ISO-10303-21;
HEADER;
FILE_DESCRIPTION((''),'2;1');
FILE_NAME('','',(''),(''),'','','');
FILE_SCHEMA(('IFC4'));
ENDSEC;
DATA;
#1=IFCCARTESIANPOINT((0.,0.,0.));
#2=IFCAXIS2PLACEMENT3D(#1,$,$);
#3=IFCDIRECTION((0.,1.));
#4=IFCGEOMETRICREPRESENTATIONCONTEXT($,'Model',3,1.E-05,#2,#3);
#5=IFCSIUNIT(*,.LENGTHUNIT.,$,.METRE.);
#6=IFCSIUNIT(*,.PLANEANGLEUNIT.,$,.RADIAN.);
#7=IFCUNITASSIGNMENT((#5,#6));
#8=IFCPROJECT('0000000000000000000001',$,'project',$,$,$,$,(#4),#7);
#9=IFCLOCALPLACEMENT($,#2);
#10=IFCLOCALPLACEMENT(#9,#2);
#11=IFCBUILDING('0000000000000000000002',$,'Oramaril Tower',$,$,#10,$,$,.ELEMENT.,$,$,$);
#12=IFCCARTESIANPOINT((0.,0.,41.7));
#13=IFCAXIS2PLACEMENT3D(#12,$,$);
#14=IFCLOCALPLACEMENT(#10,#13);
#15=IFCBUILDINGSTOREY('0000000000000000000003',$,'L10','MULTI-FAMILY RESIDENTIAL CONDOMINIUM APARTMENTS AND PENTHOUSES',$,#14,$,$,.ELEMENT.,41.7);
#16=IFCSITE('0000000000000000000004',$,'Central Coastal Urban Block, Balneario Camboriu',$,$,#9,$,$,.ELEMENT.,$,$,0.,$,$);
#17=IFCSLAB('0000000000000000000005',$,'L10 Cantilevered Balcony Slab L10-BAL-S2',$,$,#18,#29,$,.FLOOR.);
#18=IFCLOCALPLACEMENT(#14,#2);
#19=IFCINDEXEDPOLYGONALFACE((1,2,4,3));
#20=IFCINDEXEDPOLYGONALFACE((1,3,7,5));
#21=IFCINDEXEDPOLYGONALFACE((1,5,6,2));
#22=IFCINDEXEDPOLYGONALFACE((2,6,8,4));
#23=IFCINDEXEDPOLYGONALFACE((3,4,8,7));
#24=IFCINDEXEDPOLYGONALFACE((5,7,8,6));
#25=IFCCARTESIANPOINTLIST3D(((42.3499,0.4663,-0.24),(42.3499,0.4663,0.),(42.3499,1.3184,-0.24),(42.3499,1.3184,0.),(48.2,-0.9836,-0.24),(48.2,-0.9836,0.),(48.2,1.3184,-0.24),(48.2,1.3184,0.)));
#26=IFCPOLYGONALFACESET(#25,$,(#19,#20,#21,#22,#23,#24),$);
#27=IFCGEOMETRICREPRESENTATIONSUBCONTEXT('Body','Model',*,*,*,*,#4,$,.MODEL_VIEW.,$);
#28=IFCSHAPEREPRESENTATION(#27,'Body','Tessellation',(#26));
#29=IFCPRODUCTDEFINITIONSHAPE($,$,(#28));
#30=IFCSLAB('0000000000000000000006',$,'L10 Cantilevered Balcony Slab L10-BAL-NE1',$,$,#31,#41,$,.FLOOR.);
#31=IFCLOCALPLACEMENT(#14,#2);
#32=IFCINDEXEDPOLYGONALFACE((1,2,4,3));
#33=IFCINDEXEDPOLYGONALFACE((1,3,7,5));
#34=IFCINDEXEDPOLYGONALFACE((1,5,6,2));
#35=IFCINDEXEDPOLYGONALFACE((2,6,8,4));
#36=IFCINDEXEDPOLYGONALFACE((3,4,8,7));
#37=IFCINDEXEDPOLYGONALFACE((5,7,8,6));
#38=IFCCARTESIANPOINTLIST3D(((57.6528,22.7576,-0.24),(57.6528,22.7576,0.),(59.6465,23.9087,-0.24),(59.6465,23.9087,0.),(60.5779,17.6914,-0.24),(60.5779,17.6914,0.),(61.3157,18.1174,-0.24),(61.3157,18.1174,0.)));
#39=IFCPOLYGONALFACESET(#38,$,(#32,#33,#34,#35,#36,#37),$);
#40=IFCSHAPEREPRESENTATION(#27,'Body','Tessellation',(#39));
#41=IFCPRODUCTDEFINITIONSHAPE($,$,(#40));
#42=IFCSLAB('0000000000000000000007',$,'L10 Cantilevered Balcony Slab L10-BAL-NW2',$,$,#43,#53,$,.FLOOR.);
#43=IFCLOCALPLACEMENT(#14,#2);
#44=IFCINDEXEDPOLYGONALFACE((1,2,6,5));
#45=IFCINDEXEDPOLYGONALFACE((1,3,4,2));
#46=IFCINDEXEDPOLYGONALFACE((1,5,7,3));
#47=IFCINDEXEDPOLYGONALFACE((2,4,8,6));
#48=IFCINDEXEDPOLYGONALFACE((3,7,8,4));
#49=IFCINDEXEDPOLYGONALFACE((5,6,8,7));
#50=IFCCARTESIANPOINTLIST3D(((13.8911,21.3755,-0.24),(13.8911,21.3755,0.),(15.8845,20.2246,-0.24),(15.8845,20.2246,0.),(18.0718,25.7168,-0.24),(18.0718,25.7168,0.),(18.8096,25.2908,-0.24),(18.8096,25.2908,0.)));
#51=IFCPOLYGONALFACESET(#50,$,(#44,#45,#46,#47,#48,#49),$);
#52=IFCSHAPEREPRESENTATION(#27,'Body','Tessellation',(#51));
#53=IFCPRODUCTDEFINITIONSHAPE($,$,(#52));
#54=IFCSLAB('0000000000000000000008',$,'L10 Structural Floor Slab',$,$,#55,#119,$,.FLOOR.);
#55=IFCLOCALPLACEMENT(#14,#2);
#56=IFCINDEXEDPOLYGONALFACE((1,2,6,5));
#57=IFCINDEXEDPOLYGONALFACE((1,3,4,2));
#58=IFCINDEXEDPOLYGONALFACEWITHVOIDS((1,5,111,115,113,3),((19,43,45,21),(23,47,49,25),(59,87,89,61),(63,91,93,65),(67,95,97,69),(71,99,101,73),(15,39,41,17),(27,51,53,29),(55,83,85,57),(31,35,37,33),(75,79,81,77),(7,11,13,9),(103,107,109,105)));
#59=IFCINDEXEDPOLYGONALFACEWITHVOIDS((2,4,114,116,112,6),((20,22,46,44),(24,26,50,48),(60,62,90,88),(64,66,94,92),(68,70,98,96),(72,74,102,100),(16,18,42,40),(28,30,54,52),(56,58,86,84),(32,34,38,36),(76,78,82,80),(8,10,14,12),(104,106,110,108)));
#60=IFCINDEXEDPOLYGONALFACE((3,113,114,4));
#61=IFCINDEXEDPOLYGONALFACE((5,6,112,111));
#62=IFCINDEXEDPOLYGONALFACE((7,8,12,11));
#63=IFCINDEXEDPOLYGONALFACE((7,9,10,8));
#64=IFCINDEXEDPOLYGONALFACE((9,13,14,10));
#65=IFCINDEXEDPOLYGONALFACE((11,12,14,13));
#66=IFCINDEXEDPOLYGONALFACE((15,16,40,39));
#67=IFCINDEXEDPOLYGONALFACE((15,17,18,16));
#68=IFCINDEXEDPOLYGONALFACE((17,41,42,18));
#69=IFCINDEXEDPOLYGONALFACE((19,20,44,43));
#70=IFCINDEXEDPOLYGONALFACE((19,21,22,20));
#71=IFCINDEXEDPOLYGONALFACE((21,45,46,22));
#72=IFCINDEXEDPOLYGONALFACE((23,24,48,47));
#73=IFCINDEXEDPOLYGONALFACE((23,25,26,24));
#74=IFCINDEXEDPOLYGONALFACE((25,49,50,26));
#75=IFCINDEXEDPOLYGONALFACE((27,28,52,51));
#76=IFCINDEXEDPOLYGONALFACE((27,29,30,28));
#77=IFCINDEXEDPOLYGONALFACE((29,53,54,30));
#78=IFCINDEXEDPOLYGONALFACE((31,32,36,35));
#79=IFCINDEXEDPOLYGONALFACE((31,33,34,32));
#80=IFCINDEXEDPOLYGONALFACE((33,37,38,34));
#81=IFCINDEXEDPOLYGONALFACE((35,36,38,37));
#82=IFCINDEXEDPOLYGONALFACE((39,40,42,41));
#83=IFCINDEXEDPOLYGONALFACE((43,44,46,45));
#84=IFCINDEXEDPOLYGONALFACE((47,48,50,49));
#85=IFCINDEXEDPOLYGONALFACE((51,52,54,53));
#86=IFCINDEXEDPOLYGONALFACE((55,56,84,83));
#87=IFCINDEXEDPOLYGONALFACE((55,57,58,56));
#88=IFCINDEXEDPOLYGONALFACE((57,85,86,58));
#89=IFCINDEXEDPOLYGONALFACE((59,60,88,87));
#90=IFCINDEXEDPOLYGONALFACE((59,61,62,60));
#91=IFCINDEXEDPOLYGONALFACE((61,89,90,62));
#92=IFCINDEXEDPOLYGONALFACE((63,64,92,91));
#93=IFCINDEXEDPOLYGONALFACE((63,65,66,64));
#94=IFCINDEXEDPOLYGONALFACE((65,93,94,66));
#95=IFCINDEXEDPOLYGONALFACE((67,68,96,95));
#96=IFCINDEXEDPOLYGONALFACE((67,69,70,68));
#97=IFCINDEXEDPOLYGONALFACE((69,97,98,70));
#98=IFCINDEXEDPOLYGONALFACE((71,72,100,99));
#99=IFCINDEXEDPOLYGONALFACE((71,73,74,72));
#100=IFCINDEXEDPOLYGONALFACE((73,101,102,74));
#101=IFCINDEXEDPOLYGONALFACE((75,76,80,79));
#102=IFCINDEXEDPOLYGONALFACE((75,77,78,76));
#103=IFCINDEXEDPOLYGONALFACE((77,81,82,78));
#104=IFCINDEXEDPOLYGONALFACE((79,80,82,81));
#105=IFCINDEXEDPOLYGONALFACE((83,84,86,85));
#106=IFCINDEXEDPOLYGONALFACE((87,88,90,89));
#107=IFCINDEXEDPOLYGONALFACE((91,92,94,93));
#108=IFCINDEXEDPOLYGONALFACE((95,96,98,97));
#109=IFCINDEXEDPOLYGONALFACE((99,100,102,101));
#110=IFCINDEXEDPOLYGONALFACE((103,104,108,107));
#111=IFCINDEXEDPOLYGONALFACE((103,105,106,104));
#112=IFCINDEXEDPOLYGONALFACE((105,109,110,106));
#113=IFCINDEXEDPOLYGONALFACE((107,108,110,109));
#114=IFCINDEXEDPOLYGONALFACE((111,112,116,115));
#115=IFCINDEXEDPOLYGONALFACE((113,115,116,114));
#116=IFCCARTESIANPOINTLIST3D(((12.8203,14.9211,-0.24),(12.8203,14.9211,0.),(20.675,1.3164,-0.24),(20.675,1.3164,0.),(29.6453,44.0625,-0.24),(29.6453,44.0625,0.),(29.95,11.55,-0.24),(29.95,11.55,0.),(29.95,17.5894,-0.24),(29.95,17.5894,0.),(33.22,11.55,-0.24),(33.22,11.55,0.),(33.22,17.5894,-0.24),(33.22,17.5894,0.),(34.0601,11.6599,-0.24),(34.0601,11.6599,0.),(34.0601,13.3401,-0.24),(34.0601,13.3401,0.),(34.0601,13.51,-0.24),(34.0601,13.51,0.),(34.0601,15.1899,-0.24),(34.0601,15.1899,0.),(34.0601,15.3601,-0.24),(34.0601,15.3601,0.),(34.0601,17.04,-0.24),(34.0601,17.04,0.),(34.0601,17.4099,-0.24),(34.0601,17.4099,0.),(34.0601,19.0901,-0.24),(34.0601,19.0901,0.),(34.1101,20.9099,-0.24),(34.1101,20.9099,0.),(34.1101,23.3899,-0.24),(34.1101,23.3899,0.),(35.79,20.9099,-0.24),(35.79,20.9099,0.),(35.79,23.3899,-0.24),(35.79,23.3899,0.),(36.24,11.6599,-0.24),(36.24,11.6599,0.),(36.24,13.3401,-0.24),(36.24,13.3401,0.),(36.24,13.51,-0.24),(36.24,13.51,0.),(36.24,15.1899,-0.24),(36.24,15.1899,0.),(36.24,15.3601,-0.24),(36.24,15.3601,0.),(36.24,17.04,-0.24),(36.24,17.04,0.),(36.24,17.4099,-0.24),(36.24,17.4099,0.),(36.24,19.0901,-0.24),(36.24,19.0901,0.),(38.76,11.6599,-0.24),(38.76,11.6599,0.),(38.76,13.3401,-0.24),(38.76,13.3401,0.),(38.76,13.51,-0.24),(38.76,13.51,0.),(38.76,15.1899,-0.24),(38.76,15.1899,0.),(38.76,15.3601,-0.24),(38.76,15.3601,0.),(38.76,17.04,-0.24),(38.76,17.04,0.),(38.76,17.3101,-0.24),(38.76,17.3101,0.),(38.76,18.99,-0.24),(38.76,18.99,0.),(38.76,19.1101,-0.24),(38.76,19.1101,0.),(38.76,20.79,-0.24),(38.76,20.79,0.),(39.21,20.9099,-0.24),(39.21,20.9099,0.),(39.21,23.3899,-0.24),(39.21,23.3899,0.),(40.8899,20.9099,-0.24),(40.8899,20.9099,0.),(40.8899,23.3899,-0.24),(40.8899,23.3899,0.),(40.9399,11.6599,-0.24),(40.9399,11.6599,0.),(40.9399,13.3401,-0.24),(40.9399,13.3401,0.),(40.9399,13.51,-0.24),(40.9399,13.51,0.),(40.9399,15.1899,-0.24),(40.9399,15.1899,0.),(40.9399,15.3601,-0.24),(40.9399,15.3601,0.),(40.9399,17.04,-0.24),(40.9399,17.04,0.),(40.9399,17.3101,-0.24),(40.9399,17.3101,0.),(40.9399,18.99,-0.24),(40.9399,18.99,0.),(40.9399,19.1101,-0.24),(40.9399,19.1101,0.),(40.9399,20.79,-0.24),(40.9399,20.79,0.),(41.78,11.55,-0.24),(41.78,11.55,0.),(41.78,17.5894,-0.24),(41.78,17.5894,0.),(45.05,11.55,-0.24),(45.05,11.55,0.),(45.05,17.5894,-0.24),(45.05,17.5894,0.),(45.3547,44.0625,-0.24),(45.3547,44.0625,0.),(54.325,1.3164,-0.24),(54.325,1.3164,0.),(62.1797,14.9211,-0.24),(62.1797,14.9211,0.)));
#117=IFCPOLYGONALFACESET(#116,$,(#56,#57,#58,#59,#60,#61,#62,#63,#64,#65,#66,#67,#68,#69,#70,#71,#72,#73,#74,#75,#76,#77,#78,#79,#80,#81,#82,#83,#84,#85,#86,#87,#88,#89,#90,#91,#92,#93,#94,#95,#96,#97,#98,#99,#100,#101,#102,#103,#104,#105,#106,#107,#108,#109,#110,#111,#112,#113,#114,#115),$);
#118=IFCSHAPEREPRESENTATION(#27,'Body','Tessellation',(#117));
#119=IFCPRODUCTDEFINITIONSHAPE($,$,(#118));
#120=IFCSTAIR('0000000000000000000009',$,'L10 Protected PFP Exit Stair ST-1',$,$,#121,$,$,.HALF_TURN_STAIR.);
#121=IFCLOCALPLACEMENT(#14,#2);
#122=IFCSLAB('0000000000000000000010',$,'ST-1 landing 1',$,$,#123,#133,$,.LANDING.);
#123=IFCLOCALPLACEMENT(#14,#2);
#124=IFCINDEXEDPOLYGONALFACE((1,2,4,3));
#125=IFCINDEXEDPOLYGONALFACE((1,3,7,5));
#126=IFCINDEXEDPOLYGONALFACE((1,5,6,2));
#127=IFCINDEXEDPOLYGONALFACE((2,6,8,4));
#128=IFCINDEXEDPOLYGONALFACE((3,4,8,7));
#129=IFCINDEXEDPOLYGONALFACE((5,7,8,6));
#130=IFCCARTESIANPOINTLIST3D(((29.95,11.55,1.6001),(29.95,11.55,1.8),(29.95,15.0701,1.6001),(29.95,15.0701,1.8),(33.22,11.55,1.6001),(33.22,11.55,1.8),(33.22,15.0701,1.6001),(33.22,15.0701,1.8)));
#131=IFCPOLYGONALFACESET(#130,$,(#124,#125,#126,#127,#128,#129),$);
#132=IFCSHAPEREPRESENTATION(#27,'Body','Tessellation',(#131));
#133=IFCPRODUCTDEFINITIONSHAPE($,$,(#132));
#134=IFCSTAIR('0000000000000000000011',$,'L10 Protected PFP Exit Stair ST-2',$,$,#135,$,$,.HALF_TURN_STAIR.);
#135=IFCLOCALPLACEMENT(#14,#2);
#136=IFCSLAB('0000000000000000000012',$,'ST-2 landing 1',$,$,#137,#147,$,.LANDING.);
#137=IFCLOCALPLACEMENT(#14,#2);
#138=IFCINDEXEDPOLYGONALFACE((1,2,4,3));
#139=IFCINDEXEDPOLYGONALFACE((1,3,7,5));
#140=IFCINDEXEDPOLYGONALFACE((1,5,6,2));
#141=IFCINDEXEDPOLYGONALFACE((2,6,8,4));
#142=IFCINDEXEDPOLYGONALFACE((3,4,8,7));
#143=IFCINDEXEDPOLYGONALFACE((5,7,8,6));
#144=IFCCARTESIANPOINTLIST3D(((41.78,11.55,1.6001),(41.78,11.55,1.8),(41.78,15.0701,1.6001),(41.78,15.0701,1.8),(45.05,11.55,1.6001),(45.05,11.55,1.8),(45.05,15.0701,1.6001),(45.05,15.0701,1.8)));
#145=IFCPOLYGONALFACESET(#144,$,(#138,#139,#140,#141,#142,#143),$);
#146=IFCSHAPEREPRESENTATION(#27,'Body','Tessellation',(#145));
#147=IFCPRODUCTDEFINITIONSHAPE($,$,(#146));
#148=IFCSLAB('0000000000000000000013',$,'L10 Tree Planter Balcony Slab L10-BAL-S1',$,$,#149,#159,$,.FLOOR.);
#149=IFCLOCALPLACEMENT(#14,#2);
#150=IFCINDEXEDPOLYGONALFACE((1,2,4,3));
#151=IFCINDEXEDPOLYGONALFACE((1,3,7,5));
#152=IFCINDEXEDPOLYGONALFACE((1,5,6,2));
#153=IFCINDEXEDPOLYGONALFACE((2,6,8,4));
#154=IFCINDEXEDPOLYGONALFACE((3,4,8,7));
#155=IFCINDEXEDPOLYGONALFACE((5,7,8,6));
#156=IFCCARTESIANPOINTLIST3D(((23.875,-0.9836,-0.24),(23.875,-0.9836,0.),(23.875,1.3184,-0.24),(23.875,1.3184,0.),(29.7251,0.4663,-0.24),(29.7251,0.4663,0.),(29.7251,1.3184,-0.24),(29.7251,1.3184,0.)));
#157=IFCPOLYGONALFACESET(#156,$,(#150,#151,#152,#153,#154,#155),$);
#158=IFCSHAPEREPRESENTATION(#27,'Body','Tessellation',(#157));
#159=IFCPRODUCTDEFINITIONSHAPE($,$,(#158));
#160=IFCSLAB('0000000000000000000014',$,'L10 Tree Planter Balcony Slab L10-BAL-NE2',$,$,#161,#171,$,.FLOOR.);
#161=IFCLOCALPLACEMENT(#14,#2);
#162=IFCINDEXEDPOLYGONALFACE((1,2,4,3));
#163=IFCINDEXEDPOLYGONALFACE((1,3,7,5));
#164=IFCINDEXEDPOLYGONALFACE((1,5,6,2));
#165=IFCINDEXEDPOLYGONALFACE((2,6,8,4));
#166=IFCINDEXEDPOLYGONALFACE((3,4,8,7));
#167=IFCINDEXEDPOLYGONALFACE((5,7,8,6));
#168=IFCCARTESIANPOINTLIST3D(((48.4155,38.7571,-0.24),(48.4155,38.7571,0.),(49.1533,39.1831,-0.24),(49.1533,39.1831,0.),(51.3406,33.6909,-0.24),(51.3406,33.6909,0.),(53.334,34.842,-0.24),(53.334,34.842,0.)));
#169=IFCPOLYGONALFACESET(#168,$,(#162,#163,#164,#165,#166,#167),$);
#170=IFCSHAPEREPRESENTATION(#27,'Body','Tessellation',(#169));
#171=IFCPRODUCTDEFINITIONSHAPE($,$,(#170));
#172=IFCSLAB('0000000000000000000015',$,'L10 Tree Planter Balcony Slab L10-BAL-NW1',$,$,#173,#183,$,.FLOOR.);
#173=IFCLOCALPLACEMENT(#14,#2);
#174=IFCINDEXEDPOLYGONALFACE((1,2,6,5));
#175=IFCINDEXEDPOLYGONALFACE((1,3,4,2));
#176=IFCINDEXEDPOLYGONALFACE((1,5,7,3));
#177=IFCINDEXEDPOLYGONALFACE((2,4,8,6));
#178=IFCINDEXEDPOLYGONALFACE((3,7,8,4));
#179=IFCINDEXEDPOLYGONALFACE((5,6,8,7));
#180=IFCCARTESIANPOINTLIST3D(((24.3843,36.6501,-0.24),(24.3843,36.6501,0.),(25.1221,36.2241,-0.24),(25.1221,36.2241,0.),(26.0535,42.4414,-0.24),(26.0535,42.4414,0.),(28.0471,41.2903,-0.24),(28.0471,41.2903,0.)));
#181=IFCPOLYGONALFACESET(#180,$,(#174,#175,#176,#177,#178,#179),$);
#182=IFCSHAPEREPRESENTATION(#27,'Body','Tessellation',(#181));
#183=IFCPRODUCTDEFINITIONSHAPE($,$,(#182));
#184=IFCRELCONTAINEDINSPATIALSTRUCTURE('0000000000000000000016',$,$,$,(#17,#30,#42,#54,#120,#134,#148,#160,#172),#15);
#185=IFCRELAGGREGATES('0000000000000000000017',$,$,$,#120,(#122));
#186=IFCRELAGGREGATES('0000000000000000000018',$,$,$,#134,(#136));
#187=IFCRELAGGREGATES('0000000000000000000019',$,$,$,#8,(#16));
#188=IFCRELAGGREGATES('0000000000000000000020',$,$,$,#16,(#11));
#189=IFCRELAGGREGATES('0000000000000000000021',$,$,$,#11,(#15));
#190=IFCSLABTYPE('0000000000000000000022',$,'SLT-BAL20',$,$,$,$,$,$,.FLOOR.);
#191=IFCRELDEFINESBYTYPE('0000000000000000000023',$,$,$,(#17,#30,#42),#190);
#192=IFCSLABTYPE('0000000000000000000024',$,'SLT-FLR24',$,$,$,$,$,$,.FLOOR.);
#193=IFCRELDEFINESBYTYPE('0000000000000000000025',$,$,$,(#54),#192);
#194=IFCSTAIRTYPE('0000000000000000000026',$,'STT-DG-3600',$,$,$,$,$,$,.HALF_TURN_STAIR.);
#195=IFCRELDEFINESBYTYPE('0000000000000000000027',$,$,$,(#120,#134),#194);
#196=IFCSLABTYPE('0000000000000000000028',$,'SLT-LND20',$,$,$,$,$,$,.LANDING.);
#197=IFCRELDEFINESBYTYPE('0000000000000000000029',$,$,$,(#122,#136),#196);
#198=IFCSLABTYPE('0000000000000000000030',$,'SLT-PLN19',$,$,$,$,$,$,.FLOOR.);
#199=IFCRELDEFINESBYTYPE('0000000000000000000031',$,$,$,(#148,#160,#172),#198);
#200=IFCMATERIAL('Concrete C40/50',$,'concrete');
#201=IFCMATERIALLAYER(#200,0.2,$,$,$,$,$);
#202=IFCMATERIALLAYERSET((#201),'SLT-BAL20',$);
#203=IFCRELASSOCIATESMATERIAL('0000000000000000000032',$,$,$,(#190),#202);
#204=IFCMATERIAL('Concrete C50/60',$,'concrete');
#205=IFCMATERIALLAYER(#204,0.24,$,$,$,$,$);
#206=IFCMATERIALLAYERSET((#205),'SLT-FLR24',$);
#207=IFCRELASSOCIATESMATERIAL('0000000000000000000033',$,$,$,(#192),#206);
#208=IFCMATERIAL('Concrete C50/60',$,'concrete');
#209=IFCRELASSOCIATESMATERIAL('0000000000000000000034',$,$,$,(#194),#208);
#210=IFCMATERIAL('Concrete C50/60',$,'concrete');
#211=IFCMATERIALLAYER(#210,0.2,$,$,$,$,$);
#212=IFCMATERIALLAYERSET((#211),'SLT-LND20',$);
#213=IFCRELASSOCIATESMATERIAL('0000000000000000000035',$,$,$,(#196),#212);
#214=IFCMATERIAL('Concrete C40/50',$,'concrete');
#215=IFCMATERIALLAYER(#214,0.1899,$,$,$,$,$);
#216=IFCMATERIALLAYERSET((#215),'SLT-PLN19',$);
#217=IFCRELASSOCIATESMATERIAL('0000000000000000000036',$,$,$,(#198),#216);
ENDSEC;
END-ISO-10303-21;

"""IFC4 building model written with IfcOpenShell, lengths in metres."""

from ifc_helpers import new_model, si_unit, direction, frame, origin, place, context, subcontext, project, spatial, polyline, outline, extrude, material, layer, layer_set, type_object, element, aggregate, save


model = new_model("IFC4")

# Units and contexts
model_context = context("Model", 3, precision=1e-05, world=origin(), true_north=direction((0.0, 1.0)))
body_context = subcontext(model_context, "Body", "Model", "MODEL_VIEW")
ifc_project = project(units=[si_unit("LENGTHUNIT", "METRE"), si_unit("PLANEANGLEUNIT", "RADIAN")], contexts=[model_context])

# Site, building, storey
site_placement = place(None, origin())
site = spatial("IfcSite", under=ifc_project, at=site_placement, Name="Central Coastal Urban Block, Balneario Camboriu", CompositionType="ELEMENT", RefElevation=0.0)
building_placement = place(site_placement, origin())
building = spatial("IfcBuilding", under=site, at=building_placement, Name="Oramaril Tower", CompositionType="ELEMENT")
storey_placement = place(building_placement, frame((0.0, 0.0, 41.7)))
storey = spatial("IfcBuildingStorey", under=building, at=storey_placement, Name="L10", Description="MULTI-FAMILY RESIDENTIAL CONDOMINIUM APARTMENTS AND PENTHOUSES", CompositionType="ELEMENT", Elevation=41.7)

# Slabs
ifc_material_1 = material(Name="Concrete C40/50", Category="concrete")
ifc_layer_1 = layer(ifc_material_1, 0.2)
ifc_layer_set_1 = layer_set([ifc_layer_1], Name="SLT-BAL20")
slab_type_1 = type_object("IfcSlabType", Name="SLT-BAL20", PredefinedType="FLOOR", material=ifc_layer_set_1)
slab_1_placement = place(storey_placement, frame((0.0, 0.0, -0.24)))
element("IfcSlab", 1, at=slab_1_placement, inside=storey, type_object=slab_type_1, Name="L10 Cantilevered Balcony Slab L10-BAL-S2", PredefinedType="FLOOR", context=body_context, shape_type="SweptSolid", body=[
    extrude(outline(polyline([(42.3499, 1.3184), (48.2, 1.3184), (48.2, -0.9836), (42.3499, 0.4663), (42.3499, 1.3184)])), origin(), (0.0, 0.0, 1.0), 0.24),
])
slab_2_placement = place(storey_placement, frame((0.0, 0.0, -0.24)))
element("IfcSlab", 2, at=slab_2_placement, inside=storey, type_object=slab_type_1, Name="L10 Cantilevered Balcony Slab L10-BAL-NE1", PredefinedType="FLOOR", context=body_context, shape_type="SweptSolid", body=[
    extrude(outline(polyline([(60.5779, 17.6914), (57.6528, 22.7576), (59.6465, 23.9087), (61.3157, 18.1174), (60.5779, 17.6914)])), origin(), (0.0, 0.0, 1.0), 0.24),
])
slab_3_placement = place(storey_placement, frame((0.0, 0.0, -0.24)))
element("IfcSlab", 3, at=slab_3_placement, inside=storey, type_object=slab_type_1, Name="L10 Cantilevered Balcony Slab L10-BAL-NW2", PredefinedType="FLOOR", context=body_context, shape_type="SweptSolid", body=[
    extrude(outline(polyline([(18.8096, 25.2908), (15.8845, 20.2246), (13.8911, 21.3755), (18.0718, 25.7168), (18.8096, 25.2908)])), origin(), (0.0, 0.0, 1.0), 0.24),
])
ifc_material_2 = material(Name="Concrete C50/60", Category="concrete")
ifc_layer_2 = layer(ifc_material_2, 0.24)
ifc_layer_set_2 = layer_set([ifc_layer_2], Name="SLT-FLR24")
slab_type_2 = type_object("IfcSlabType", Name="SLT-FLR24", PredefinedType="FLOOR", material=ifc_layer_set_2)
slab_4_placement = place(storey_placement, frame((0.0, 0.0, -0.24)))
element("IfcSlab", 4, at=slab_4_placement, inside=storey, type_object=slab_type_2, Name="L10 Structural Floor Slab", PredefinedType="FLOOR", context=body_context, shape_type="SweptSolid", body=[
    extrude(outline(polyline([(12.8203, 14.9211), (20.675, 1.3164), (54.325, 1.3164), (62.1797, 14.9211), (45.3547, 44.0625), (29.6453, 44.0625), (12.8203, 14.9211)]), holes=[polyline([(29.95, 17.5894), (29.95, 11.55), (33.22, 11.55), (33.22, 17.5894), (29.95, 17.5894)]), polyline([(41.78, 17.5894), (41.78, 11.55), (45.05, 11.55), (45.05, 17.5894), (41.78, 17.5894)]), polyline([(34.1101, 20.9099), (35.79, 20.9099), (35.79, 23.3899), (34.1101, 23.3899), (34.1101, 20.9099)]), polyline([(39.21, 20.9099), (40.8899, 20.9099), (40.8899, 23.3899), (39.21, 23.3899), (39.21, 20.9099)]), polyline([(34.0601, 11.6599), (36.24, 11.6599), (36.24, 13.3401), (34.0601, 13.3401), (34.0601, 11.6599)]), polyline([(34.0601, 13.51), (36.24, 13.51), (36.24, 15.1899), (34.0601, 15.1899), (34.0601, 13.51)]), polyline([(34.0601, 15.3601), (36.24, 15.3601), (36.24, 17.04), (34.0601, 17.04), (34.0601, 15.3601)]), polyline([(38.76, 11.6599), (40.9399, 11.6599), (40.9399, 13.3401), (38.76, 13.3401), (38.76, 11.6599)]), polyline([(38.76, 13.51), (40.9399, 13.51), (40.9399, 15.1899), (38.76, 15.1899), (38.76, 13.51)]), polyline([(38.76, 15.3601), (40.9399, 15.3601), (40.9399, 17.04), (38.76, 17.04), (38.76, 15.3601)]), polyline([(34.0601, 17.4099), (36.24, 17.4099), (36.24, 19.0901), (34.0601, 19.0901), (34.0601, 17.4099)]), polyline([(38.76, 17.3101), (40.9399, 17.3101), (40.9399, 18.99), (38.76, 18.99), (38.76, 17.3101)]), polyline([(38.76, 19.1101), (40.9399, 19.1101), (40.9399, 20.79), (38.76, 20.79), (38.76, 19.1101)])]), origin(), (0.0, 0.0, 1.0), 0.24),
])

# Stairs, slabs
ifc_material_3 = material(Name="Concrete C50/60", Category="concrete")
stair_type = type_object("IfcStairType", Name="STT-DG-3600", PredefinedType="HALF_TURN_STAIR", material=ifc_material_3)
stair_1_placement = place(storey_placement, origin())
stair_1 = element("IfcStair", 5, at=stair_1_placement, inside=storey, type_object=stair_type, Name="L10 Protected PFP Exit Stair ST-1", PredefinedType="HALF_TURN_STAIR")
ifc_material_4 = material(Name="Concrete C50/60", Category="concrete")
ifc_layer_3 = layer(ifc_material_4, 0.2)
ifc_layer_set_3 = layer_set([ifc_layer_3], Name="SLT-LND20")
slab_type_3 = type_object("IfcSlabType", Name="SLT-LND20", PredefinedType="LANDING", material=ifc_layer_set_3)
slab_5_placement = place(storey_placement, frame((0.0, 0.0, 1.6001)))
slab_5 = element("IfcSlab", 6, at=slab_5_placement, type_object=slab_type_3, Name="ST-1 landing 1", PredefinedType="LANDING", context=body_context, shape_type="SweptSolid", body=[
    extrude(outline(polyline([(29.95, 15.0701), (29.95, 11.55), (33.22, 11.55), (33.22, 15.0701), (29.95, 15.0701)])), origin(), (0.0, 0.0, 1.0), 0.2),
])
aggregate(stair_1, [slab_5])
stair_2_placement = place(storey_placement, origin())
stair_2 = element("IfcStair", 7, at=stair_2_placement, inside=storey, type_object=stair_type, Name="L10 Protected PFP Exit Stair ST-2", PredefinedType="HALF_TURN_STAIR")
slab_6_placement = place(storey_placement, frame((0.0, 0.0, 1.6001)))
slab_6 = element("IfcSlab", 8, at=slab_6_placement, type_object=slab_type_3, Name="ST-2 landing 1", PredefinedType="LANDING", context=body_context, shape_type="SweptSolid", body=[
    extrude(outline(polyline([(41.78, 15.0701), (41.78, 11.55), (45.05, 11.55), (45.05, 15.0701), (41.78, 15.0701)])), origin(), (0.0, 0.0, 1.0), 0.2),
])
aggregate(stair_2, [slab_6])

# Slabs
ifc_material_5 = material(Name="Concrete C40/50", Category="concrete")
ifc_layer_4 = layer(ifc_material_5, 0.1899)
ifc_layer_set_4 = layer_set([ifc_layer_4], Name="SLT-PLN19")
slab_type_4 = type_object("IfcSlabType", Name="SLT-PLN19", PredefinedType="FLOOR", material=ifc_layer_set_4)
slab_7_placement = place(storey_placement, frame((0.0, 0.0, -0.24)))
element("IfcSlab", 9, at=slab_7_placement, inside=storey, type_object=slab_type_4, Name="L10 Tree Planter Balcony Slab L10-BAL-S1", PredefinedType="FLOOR", context=body_context, shape_type="SweptSolid", body=[
    extrude(outline(polyline([(23.875, 1.3184), (29.7251, 1.3184), (29.7251, 0.4663), (23.875, -0.9836), (23.875, 1.3184)])), origin(), (0.0, 0.0, 1.0), 0.24),
])
slab_8_placement = place(storey_placement, frame((0.0, 0.0, -0.24)))
element("IfcSlab", 10, at=slab_8_placement, inside=storey, type_object=slab_type_4, Name="L10 Tree Planter Balcony Slab L10-BAL-NE2", PredefinedType="FLOOR", context=body_context, shape_type="SweptSolid", body=[
    extrude(outline(polyline([(51.3406, 33.6909), (48.4155, 38.7571), (49.1533, 39.1831), (53.334, 34.842), (51.3406, 33.6909)])), origin(), (0.0, 0.0, 1.0), 0.24),
])
slab_9_placement = place(storey_placement, frame((0.0, 0.0, -0.24)))
element("IfcSlab", 11, at=slab_9_placement, inside=storey, type_object=slab_type_4, Name="L10 Tree Planter Balcony Slab L10-BAL-NW1", PredefinedType="FLOOR", context=body_context, shape_type="SweptSolid", body=[
    extrude(outline(polyline([(28.0471, 41.2903), (25.1221, 36.2241), (24.3843, 36.6501), (26.0535, 42.4414), (28.0471, 41.2903)])), origin(), (0.0, 0.0, 1.0), 0.24),
])

save(model, "model.ifc")
